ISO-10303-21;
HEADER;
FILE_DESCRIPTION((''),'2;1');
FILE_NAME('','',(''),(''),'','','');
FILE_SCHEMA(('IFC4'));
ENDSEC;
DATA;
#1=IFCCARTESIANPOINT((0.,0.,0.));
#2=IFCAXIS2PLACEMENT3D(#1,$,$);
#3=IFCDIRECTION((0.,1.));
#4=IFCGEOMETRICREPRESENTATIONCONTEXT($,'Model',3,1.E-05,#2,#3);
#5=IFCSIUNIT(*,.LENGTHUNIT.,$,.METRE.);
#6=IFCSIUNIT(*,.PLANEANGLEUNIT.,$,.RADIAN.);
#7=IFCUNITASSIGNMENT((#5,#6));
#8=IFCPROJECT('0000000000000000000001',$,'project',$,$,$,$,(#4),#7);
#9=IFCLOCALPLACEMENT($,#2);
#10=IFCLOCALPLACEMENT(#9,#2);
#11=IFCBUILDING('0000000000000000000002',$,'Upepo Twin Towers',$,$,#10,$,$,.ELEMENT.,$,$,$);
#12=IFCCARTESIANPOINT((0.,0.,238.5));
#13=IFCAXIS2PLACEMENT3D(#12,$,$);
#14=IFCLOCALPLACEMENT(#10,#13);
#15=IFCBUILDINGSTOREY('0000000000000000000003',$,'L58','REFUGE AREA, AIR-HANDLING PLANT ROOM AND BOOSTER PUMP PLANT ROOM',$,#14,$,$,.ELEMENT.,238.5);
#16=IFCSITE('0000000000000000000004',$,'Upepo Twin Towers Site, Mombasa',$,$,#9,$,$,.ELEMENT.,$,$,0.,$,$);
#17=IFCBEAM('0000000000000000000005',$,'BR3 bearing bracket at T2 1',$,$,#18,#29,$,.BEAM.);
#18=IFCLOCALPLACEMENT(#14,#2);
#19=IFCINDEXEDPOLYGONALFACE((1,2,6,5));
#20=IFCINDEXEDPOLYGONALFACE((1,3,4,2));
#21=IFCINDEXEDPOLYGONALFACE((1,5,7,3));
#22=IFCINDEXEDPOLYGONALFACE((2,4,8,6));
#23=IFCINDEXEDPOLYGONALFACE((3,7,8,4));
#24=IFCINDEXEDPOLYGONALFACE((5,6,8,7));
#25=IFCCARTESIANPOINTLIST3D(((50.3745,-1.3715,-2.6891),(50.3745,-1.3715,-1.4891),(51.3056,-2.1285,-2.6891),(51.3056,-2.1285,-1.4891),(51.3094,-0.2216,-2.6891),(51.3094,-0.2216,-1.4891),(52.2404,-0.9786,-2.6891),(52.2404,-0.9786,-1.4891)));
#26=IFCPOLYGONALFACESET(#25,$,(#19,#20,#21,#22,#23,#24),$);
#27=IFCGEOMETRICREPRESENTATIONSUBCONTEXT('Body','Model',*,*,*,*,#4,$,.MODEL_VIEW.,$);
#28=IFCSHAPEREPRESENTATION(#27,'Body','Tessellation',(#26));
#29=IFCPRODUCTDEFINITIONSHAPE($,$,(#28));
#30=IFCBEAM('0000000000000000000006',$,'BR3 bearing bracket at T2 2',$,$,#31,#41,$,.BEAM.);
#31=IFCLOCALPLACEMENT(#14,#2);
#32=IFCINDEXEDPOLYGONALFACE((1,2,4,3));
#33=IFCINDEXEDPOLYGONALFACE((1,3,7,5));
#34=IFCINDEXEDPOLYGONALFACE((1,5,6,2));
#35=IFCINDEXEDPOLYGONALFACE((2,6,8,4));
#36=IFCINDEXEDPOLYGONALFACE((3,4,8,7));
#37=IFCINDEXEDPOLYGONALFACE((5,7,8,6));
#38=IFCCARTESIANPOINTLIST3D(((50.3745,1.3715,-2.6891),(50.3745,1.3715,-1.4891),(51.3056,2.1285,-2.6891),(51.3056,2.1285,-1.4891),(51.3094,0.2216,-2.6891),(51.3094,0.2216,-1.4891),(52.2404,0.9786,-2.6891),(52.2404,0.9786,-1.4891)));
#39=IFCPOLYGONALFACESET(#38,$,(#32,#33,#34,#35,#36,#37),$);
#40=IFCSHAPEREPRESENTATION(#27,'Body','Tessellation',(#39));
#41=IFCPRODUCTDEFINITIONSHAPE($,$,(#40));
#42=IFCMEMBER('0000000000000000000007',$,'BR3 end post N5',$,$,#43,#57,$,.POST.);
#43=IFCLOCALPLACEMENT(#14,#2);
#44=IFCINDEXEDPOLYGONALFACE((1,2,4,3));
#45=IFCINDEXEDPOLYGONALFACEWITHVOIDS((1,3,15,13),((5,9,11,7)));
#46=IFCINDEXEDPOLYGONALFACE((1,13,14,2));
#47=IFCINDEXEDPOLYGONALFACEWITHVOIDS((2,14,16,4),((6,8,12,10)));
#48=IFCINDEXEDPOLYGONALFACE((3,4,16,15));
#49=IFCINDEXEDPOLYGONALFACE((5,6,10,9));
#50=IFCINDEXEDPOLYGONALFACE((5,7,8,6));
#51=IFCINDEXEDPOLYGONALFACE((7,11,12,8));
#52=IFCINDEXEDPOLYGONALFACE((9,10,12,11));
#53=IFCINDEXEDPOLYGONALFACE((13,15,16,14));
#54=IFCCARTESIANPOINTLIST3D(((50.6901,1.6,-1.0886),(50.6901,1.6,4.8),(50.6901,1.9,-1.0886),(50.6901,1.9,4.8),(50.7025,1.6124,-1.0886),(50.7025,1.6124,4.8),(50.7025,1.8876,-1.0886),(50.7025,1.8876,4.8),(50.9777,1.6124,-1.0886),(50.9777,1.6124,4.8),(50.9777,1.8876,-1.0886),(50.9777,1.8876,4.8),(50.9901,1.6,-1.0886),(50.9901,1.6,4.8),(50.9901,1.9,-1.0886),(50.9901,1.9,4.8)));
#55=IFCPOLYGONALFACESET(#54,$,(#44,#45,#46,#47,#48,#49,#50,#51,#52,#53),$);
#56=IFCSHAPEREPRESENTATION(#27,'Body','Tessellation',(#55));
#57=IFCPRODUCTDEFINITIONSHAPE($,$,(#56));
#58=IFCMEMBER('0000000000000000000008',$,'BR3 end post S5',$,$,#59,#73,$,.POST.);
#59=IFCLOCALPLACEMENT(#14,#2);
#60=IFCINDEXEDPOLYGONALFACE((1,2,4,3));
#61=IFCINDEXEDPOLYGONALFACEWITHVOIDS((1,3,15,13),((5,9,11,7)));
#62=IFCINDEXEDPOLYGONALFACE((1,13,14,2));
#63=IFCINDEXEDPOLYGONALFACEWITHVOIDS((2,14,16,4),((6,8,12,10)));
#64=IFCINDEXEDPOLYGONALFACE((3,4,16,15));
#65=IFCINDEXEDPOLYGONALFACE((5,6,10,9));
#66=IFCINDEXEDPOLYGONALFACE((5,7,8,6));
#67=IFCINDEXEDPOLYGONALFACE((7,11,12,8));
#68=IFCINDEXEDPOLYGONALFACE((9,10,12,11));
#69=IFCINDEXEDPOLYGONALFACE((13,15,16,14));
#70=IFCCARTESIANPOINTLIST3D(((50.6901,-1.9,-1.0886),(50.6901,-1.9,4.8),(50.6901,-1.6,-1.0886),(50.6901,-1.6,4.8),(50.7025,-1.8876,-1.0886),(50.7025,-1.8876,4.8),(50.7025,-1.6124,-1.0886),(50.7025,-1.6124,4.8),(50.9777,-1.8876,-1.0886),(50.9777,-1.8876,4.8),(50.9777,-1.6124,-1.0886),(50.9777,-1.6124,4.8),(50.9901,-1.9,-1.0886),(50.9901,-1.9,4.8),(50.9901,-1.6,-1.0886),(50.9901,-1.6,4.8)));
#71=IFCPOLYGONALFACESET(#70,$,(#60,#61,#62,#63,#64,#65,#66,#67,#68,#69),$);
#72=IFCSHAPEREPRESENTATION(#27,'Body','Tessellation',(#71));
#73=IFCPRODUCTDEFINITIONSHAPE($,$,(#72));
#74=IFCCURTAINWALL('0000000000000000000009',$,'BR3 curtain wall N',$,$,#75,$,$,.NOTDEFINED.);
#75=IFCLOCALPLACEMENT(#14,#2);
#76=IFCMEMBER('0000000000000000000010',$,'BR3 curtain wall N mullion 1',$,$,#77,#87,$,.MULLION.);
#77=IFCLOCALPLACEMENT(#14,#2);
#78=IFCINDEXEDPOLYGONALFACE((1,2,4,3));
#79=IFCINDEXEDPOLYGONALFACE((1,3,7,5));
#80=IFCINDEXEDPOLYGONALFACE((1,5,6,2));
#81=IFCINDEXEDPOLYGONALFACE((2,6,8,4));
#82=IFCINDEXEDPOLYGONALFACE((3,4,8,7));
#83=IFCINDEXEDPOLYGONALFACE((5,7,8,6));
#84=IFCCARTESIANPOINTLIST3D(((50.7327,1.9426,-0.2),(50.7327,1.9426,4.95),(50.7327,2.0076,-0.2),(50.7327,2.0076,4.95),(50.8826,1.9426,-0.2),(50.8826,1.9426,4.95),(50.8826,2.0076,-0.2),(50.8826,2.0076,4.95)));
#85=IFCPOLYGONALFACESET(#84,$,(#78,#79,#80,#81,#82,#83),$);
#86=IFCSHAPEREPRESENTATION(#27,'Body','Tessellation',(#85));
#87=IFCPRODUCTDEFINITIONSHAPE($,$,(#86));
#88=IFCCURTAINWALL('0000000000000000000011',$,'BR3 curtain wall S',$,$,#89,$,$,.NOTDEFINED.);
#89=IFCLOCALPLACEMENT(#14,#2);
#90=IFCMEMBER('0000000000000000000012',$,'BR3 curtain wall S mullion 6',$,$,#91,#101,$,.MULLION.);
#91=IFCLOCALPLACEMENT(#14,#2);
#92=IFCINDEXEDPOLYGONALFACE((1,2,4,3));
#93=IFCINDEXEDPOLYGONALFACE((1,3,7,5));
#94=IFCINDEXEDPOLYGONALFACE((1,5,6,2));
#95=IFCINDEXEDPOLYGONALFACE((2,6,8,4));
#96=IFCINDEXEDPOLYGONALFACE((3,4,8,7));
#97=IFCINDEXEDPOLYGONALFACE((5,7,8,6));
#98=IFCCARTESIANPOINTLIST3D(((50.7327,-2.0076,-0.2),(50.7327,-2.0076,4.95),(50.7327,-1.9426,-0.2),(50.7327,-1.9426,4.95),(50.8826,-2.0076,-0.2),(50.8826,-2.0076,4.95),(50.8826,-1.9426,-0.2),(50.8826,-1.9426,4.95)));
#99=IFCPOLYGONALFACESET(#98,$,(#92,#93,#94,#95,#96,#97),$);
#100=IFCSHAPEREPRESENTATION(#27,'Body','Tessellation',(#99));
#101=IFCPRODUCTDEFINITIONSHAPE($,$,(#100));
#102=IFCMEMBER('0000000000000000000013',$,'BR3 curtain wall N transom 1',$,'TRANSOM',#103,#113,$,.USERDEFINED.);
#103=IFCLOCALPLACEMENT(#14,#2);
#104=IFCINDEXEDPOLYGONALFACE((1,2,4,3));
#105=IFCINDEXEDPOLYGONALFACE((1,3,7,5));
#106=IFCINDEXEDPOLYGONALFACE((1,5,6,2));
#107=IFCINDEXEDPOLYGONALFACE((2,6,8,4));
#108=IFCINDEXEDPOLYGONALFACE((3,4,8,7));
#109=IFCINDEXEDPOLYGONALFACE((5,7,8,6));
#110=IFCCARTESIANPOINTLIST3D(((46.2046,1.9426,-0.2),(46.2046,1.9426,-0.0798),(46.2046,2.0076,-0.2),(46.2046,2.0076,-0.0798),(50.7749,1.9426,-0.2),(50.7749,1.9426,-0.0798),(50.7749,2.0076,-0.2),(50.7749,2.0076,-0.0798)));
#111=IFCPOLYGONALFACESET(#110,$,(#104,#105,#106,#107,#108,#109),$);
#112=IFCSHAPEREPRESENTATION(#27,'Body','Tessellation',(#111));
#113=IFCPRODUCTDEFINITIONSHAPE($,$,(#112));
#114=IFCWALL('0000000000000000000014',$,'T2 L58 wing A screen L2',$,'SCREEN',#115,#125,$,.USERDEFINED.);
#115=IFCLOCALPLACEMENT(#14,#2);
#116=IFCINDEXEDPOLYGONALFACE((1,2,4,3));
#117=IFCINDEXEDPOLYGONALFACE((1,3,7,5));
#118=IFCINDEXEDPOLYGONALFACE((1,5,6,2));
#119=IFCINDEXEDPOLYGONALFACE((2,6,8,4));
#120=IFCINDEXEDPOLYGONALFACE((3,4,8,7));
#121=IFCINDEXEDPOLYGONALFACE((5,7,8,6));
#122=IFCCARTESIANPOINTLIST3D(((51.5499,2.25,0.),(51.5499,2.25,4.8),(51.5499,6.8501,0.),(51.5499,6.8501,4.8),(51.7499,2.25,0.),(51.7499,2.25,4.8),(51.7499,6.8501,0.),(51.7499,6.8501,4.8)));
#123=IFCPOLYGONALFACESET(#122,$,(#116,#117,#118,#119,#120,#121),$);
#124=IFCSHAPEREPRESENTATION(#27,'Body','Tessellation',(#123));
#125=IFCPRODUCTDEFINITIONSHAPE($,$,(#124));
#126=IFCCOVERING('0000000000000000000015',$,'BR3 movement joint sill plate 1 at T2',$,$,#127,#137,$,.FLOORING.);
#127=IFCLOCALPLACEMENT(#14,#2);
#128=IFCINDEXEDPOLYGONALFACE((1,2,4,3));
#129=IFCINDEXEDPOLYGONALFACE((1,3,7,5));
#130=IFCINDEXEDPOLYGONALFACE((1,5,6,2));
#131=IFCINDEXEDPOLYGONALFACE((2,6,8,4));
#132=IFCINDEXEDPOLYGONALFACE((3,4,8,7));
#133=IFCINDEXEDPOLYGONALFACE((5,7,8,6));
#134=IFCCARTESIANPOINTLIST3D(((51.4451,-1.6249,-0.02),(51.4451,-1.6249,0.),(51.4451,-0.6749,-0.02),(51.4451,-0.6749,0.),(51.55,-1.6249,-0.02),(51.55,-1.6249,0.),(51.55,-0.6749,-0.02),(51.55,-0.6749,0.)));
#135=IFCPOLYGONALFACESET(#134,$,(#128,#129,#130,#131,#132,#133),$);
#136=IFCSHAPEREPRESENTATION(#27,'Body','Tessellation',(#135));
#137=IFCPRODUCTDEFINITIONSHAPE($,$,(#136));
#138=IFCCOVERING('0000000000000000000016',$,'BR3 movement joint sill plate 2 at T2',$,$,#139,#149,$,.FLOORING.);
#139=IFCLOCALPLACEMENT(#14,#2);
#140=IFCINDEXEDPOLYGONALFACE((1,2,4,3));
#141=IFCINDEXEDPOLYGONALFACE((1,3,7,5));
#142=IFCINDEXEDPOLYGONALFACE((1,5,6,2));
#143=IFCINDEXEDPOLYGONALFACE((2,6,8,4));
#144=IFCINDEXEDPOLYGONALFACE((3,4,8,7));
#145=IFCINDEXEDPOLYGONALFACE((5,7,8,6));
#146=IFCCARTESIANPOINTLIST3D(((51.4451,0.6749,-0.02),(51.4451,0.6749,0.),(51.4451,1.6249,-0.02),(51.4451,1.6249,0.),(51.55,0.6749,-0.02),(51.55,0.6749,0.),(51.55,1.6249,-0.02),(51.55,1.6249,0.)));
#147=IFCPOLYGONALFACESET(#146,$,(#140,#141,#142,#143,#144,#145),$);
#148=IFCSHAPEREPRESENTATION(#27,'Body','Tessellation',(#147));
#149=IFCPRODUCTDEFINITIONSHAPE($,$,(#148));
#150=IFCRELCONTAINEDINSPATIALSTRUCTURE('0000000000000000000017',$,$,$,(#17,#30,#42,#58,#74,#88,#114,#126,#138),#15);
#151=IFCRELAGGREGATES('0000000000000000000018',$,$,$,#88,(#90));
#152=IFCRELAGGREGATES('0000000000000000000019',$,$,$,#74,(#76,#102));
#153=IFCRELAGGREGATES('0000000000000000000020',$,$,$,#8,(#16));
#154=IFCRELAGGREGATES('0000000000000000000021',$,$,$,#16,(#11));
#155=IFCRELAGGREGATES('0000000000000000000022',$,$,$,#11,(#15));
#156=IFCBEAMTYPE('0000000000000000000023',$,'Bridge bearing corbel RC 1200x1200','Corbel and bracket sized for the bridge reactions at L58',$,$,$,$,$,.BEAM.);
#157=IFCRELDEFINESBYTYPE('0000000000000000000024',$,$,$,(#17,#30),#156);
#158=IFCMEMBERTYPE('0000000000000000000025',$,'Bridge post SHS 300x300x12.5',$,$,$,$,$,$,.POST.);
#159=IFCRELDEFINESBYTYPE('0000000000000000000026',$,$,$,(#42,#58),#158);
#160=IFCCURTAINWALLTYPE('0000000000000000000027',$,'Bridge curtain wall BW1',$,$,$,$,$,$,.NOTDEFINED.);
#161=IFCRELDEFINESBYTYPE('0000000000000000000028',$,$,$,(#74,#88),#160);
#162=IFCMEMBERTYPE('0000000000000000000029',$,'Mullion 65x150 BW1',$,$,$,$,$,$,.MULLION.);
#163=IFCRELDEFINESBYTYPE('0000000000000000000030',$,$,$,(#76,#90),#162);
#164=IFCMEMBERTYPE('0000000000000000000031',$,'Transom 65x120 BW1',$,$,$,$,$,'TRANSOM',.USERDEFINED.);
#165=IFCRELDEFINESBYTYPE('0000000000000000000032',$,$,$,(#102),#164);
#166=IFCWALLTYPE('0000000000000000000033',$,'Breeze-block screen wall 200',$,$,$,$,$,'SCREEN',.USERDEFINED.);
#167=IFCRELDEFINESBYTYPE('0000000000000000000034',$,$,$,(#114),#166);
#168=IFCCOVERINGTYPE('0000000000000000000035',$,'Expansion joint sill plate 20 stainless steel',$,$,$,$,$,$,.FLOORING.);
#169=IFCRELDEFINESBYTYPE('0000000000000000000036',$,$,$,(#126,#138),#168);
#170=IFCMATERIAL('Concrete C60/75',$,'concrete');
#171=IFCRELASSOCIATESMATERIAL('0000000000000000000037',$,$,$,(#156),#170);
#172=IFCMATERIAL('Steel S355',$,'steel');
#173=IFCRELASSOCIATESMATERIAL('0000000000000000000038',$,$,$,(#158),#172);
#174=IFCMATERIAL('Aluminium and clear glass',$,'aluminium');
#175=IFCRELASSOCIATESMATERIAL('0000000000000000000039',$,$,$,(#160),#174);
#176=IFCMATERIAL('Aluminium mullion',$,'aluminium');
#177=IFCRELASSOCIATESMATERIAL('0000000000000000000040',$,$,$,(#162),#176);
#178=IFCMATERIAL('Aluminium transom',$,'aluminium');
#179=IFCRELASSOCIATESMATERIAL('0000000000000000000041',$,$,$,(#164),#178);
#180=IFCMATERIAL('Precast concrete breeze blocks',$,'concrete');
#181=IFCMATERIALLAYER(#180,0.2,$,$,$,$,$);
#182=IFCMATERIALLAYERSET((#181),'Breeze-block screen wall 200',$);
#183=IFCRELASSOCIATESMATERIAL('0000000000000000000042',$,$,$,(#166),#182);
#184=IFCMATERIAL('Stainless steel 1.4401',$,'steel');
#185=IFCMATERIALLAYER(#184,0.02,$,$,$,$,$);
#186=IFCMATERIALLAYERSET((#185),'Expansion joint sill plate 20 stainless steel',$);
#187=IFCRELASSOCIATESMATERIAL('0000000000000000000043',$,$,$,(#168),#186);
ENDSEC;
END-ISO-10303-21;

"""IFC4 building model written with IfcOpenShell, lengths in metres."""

from ifc_helpers import new_model, si_unit, direction, frame, frame_2d, origin, origin_2d, place, context, subcontext, project, spatial, rectangle, hollow_rectangle, extrude, material, layer, layer_set, material_profile, profile_set, type_object, element, aggregate, save


model = new_model("IFC4")

# Units and contexts
model_context = context("Model", 3, precision=1e-05, world=origin(), true_north=direction((0.0, 1.0)))
body_context = subcontext(model_context, "Body", "Model", "MODEL_VIEW")
ifc_project = project(units=[si_unit("LENGTHUNIT", "METRE"), si_unit("PLANEANGLEUNIT", "RADIAN")], contexts=[model_context])

# Site, building, storey
site_placement = place(None, origin())
site = spatial("IfcSite", under=ifc_project, at=site_placement, Name="Upepo Twin Towers Site, Mombasa", CompositionType="ELEMENT", RefElevation=0.0)
building_placement = place(site_placement, origin())
building = spatial("IfcBuilding", under=site, at=building_placement, Name="Upepo Twin Towers", CompositionType="ELEMENT")
storey_placement = place(building_placement, frame((0.0, 0.0, 238.5)))
storey = spatial("IfcBuildingStorey", under=building, at=storey_placement, Name="L58", Description="REFUGE AREA, AIR-HANDLING PLANT ROOM AND BOOSTER PUMP PLANT ROOM", CompositionType="ELEMENT", Elevation=238.5)

# Beams
ifc_material_1 = material(Name="Concrete C60/75", Category="concrete")
ifc_material_profile_1 = material_profile(ifc_material_1, rectangle(XDim=1.2, YDim=1.2, at=origin_2d()), Name="RC 1200x1200")
ifc_profile_set_1 = profile_set([ifc_material_profile_1], Name="Concrete C60/75")
beam_type_1 = type_object("IfcBeamType", Name="Bridge bearing corbel RC 1200x1200", Description="Corbel and bracket sized for the bridge reactions at L58", PredefinedType="BEAM", material=ifc_profile_set_1)
for number, where, z_axis, x_axis, name in (
    (1, (51.7749, -0.6001, -2.0891), (-0.630803, -0.775943, 0.0), (0.775943, -0.630803, 0.0), "BR3 bearing bracket at T2 1"),
    (2, (51.7749, 0.6001, -2.0891), (-0.630803, 0.775943, 0.0), (-0.775943, -0.630803, 0.0), "BR3 bearing bracket at T2 2"),
):
    element("IfcBeam", number, at=place(storey_placement, frame(where, z_axis=z_axis, x_axis=x_axis)), inside=storey, type_object=beam_type_1, Name=name, PredefinedType="BEAM", context=body_context, shape_type="SweptSolid", body=[
        extrude(rectangle(XDim=1.2, YDim=1.2, at=origin_2d()), origin(), (0.0, 0.0, 1.0), 1.4819),
    ])

# Members
ifc_material_2 = material(Name="Steel S355", Category="steel")
ifc_material_profile_2 = material_profile(ifc_material_2, hollow_rectangle(XDim=0.3, YDim=0.3, WallThickness=0.0125, at=origin_2d()), Name="SHS 300x300x12.5")
ifc_profile_set_2 = profile_set([ifc_material_profile_2], Name="Steel S355")
member_type_1 = type_object("IfcMemberType", Name="Bridge post SHS 300x300x12.5", PredefinedType="POST", material=ifc_profile_set_2)
for number, where, z_axis, x_axis, name in (
    (3, (50.8401, 1.75, -1.0886), (0.0, 0.0, 1.0), (1.0, 0.0, 0.0), "BR3 end post N5"),
    (4, (50.8401, -1.75, -1.0886), (0.0, 0.0, 1.0), (1.0, 0.0, 0.0), "BR3 end post S5"),
):
    element("IfcMember", number, at=place(storey_placement, frame(where, z_axis=z_axis, x_axis=x_axis)), inside=storey, type_object=member_type_1, Name=name, PredefinedType="POST", context=body_context, shape_type="SweptSolid", body=[
        extrude(hollow_rectangle(XDim=0.3, YDim=0.3, WallThickness=0.0125, at=origin_2d()), origin(), (0.0, 0.0, 1.0), 5.8887),
    ])

# Curtain walls, members
ifc_material_3 = material(Name="Aluminium and clear glass", Category="aluminium")
curtain_wall_type = type_object("IfcCurtainWallType", Name="Bridge curtain wall BW1", PredefinedType="NOTDEFINED", material=ifc_material_3)
curtain_wall_1_placement = place(storey_placement, origin())
curtain_wall_1 = element("IfcCurtainWall", 5, at=curtain_wall_1_placement, inside=storey, type_object=curtain_wall_type, Name="BR3 curtain wall N", PredefinedType="NOTDEFINED")
ifc_material_4 = material(Name="Aluminium mullion", Category="aluminium")
ifc_material_profile_3 = material_profile(ifc_material_4, rectangle(XDim=0.0649, YDim=0.1499, at=origin_2d()), Name="MULLION 65x150 BRIDGE")
ifc_profile_set_3 = profile_set([ifc_material_profile_3], Name="Aluminium mullion")
member_type_2 = type_object("IfcMemberType", Name="Mullion 65x150 BW1", PredefinedType="MULLION", material=ifc_profile_set_3)
member_1_placement = place(storey_placement, frame((50.8076, 1.9751, -0.2), z_axis=(0.0, 0.0, 1.0), x_axis=(0.0, -1.0, 0.0)))
member_1 = element("IfcMember", 6, at=member_1_placement, type_object=member_type_2, Name="BR3 curtain wall N mullion 1", PredefinedType="MULLION", context=body_context, shape_type="SweptSolid", body=[
    extrude(rectangle(XDim=0.0649, YDim=0.1499, at=origin_2d()), origin(), (0.0, 0.0, 1.0), 5.1499),
])
curtain_wall_2_placement = place(storey_placement, origin())
curtain_wall_2 = element("IfcCurtainWall", 7, at=curtain_wall_2_placement, inside=storey, type_object=curtain_wall_type, Name="BR3 curtain wall S", PredefinedType="NOTDEFINED")
member_2_placement = place(storey_placement, frame((50.8076, -1.9751, -0.2), z_axis=(0.0, 0.0, 1.0), x_axis=(0.0, 1.0, 0.0)))
member_2 = element("IfcMember", 8, at=member_2_placement, type_object=member_type_2, Name="BR3 curtain wall S mullion 6", PredefinedType="MULLION", context=body_context, shape_type="SweptSolid", body=[
    extrude(rectangle(XDim=0.0649, YDim=0.1499, at=origin_2d()), origin(), (0.0, 0.0, 1.0), 5.1499),
])
aggregate(curtain_wall_2, [member_2])

# Member
ifc_material_5 = material(Name="Aluminium transom", Category="aluminium")
ifc_material_profile_4 = material_profile(ifc_material_5, rectangle(XDim=0.0649, YDim=0.1201, at=origin_2d()), Name="TRANSOM 65x120 BRIDGE")
ifc_profile_set_4 = profile_set([ifc_material_profile_4], Name="Aluminium transom")
member_type_3 = type_object("IfcMemberType", Name="Transom 65x120 BW1", ElementType="TRANSOM", PredefinedType="USERDEFINED", material=ifc_profile_set_4)
member_3_placement = place(storey_placement, frame((50.7749, 1.9751, -0.1399), z_axis=(-1.0, 0.0, 0.0), x_axis=(0.0, -1.0, 0.0)))
member_3 = element("IfcMember", 9, at=member_3_placement, type_object=member_type_3, Name="BR3 curtain wall N transom 1", ObjectType="TRANSOM", PredefinedType="USERDEFINED", context=body_context, shape_type="SweptSolid", body=[
    extrude(rectangle(XDim=0.0649, YDim=0.1201, at=origin_2d()), origin(), (0.0, 0.0, 1.0), 4.5703),
])
aggregate(curtain_wall_1, [member_1, member_3])

# Wall
ifc_material_6 = material(Name="Precast concrete breeze blocks", Category="concrete")
ifc_layer_1 = layer(ifc_material_6, 0.2)
ifc_layer_set_1 = layer_set([ifc_layer_1], Name="Breeze-block screen wall 200")
wall_type = type_object("IfcWallType", Name="Breeze-block screen wall 200", ElementType="SCREEN", PredefinedType="USERDEFINED", material=ifc_layer_set_1)
wall_placement = place(storey_placement, frame((51.6499, 2.25, 0.0), z_axis=(0.0, 0.0, 1.0), x_axis=(0.0, 1.0, 0.0)))
element("IfcWall", 10, at=wall_placement, inside=storey, type_object=wall_type, Name="T2 L58 wing A screen L2", ObjectType="SCREEN", PredefinedType="USERDEFINED", context=body_context, shape_type="SweptSolid", body=[
    extrude(rectangle(XDim=4.6001, YDim=0.2, at=frame_2d((2.3, 0.0))), origin(), (0.0, 0.0, 1.0), 4.8),
])

# Coverings
ifc_material_7 = material(Name="Stainless steel 1.4401", Category="steel")
ifc_layer_2 = layer(ifc_material_7, 0.02)
ifc_layer_set_2 = layer_set([ifc_layer_2], Name="Expansion joint sill plate 20 stainless steel")
covering_type = type_object("IfcCoveringType", Name="Expansion joint sill plate 20 stainless steel", PredefinedType="FLOORING", material=ifc_layer_set_2)
for number, where, z_axis, x_axis, name in (
    (11, (51.4976, -1.1499, -0.02), (0.0, 0.0, 1.0), (1.0, 0.0, 0.0), "BR3 movement joint sill plate 1 at T2"),
    (12, (51.4976, 1.1499, -0.02), (0.0, 0.0, 1.0), (1.0, 0.0, 0.0), "BR3 movement joint sill plate 2 at T2"),
):
    element("IfcCovering", number, at=place(storey_placement, frame(where, z_axis=z_axis, x_axis=x_axis)), inside=storey, type_object=covering_type, Name=name, PredefinedType="FLOORING", context=body_context, shape_type="SweptSolid", body=[
        extrude(rectangle(XDim=0.105, YDim=0.95, at=origin_2d()), origin(), (0.0, 0.0, 1.0), 0.02),
    ])

save(model, "model.ifc")
